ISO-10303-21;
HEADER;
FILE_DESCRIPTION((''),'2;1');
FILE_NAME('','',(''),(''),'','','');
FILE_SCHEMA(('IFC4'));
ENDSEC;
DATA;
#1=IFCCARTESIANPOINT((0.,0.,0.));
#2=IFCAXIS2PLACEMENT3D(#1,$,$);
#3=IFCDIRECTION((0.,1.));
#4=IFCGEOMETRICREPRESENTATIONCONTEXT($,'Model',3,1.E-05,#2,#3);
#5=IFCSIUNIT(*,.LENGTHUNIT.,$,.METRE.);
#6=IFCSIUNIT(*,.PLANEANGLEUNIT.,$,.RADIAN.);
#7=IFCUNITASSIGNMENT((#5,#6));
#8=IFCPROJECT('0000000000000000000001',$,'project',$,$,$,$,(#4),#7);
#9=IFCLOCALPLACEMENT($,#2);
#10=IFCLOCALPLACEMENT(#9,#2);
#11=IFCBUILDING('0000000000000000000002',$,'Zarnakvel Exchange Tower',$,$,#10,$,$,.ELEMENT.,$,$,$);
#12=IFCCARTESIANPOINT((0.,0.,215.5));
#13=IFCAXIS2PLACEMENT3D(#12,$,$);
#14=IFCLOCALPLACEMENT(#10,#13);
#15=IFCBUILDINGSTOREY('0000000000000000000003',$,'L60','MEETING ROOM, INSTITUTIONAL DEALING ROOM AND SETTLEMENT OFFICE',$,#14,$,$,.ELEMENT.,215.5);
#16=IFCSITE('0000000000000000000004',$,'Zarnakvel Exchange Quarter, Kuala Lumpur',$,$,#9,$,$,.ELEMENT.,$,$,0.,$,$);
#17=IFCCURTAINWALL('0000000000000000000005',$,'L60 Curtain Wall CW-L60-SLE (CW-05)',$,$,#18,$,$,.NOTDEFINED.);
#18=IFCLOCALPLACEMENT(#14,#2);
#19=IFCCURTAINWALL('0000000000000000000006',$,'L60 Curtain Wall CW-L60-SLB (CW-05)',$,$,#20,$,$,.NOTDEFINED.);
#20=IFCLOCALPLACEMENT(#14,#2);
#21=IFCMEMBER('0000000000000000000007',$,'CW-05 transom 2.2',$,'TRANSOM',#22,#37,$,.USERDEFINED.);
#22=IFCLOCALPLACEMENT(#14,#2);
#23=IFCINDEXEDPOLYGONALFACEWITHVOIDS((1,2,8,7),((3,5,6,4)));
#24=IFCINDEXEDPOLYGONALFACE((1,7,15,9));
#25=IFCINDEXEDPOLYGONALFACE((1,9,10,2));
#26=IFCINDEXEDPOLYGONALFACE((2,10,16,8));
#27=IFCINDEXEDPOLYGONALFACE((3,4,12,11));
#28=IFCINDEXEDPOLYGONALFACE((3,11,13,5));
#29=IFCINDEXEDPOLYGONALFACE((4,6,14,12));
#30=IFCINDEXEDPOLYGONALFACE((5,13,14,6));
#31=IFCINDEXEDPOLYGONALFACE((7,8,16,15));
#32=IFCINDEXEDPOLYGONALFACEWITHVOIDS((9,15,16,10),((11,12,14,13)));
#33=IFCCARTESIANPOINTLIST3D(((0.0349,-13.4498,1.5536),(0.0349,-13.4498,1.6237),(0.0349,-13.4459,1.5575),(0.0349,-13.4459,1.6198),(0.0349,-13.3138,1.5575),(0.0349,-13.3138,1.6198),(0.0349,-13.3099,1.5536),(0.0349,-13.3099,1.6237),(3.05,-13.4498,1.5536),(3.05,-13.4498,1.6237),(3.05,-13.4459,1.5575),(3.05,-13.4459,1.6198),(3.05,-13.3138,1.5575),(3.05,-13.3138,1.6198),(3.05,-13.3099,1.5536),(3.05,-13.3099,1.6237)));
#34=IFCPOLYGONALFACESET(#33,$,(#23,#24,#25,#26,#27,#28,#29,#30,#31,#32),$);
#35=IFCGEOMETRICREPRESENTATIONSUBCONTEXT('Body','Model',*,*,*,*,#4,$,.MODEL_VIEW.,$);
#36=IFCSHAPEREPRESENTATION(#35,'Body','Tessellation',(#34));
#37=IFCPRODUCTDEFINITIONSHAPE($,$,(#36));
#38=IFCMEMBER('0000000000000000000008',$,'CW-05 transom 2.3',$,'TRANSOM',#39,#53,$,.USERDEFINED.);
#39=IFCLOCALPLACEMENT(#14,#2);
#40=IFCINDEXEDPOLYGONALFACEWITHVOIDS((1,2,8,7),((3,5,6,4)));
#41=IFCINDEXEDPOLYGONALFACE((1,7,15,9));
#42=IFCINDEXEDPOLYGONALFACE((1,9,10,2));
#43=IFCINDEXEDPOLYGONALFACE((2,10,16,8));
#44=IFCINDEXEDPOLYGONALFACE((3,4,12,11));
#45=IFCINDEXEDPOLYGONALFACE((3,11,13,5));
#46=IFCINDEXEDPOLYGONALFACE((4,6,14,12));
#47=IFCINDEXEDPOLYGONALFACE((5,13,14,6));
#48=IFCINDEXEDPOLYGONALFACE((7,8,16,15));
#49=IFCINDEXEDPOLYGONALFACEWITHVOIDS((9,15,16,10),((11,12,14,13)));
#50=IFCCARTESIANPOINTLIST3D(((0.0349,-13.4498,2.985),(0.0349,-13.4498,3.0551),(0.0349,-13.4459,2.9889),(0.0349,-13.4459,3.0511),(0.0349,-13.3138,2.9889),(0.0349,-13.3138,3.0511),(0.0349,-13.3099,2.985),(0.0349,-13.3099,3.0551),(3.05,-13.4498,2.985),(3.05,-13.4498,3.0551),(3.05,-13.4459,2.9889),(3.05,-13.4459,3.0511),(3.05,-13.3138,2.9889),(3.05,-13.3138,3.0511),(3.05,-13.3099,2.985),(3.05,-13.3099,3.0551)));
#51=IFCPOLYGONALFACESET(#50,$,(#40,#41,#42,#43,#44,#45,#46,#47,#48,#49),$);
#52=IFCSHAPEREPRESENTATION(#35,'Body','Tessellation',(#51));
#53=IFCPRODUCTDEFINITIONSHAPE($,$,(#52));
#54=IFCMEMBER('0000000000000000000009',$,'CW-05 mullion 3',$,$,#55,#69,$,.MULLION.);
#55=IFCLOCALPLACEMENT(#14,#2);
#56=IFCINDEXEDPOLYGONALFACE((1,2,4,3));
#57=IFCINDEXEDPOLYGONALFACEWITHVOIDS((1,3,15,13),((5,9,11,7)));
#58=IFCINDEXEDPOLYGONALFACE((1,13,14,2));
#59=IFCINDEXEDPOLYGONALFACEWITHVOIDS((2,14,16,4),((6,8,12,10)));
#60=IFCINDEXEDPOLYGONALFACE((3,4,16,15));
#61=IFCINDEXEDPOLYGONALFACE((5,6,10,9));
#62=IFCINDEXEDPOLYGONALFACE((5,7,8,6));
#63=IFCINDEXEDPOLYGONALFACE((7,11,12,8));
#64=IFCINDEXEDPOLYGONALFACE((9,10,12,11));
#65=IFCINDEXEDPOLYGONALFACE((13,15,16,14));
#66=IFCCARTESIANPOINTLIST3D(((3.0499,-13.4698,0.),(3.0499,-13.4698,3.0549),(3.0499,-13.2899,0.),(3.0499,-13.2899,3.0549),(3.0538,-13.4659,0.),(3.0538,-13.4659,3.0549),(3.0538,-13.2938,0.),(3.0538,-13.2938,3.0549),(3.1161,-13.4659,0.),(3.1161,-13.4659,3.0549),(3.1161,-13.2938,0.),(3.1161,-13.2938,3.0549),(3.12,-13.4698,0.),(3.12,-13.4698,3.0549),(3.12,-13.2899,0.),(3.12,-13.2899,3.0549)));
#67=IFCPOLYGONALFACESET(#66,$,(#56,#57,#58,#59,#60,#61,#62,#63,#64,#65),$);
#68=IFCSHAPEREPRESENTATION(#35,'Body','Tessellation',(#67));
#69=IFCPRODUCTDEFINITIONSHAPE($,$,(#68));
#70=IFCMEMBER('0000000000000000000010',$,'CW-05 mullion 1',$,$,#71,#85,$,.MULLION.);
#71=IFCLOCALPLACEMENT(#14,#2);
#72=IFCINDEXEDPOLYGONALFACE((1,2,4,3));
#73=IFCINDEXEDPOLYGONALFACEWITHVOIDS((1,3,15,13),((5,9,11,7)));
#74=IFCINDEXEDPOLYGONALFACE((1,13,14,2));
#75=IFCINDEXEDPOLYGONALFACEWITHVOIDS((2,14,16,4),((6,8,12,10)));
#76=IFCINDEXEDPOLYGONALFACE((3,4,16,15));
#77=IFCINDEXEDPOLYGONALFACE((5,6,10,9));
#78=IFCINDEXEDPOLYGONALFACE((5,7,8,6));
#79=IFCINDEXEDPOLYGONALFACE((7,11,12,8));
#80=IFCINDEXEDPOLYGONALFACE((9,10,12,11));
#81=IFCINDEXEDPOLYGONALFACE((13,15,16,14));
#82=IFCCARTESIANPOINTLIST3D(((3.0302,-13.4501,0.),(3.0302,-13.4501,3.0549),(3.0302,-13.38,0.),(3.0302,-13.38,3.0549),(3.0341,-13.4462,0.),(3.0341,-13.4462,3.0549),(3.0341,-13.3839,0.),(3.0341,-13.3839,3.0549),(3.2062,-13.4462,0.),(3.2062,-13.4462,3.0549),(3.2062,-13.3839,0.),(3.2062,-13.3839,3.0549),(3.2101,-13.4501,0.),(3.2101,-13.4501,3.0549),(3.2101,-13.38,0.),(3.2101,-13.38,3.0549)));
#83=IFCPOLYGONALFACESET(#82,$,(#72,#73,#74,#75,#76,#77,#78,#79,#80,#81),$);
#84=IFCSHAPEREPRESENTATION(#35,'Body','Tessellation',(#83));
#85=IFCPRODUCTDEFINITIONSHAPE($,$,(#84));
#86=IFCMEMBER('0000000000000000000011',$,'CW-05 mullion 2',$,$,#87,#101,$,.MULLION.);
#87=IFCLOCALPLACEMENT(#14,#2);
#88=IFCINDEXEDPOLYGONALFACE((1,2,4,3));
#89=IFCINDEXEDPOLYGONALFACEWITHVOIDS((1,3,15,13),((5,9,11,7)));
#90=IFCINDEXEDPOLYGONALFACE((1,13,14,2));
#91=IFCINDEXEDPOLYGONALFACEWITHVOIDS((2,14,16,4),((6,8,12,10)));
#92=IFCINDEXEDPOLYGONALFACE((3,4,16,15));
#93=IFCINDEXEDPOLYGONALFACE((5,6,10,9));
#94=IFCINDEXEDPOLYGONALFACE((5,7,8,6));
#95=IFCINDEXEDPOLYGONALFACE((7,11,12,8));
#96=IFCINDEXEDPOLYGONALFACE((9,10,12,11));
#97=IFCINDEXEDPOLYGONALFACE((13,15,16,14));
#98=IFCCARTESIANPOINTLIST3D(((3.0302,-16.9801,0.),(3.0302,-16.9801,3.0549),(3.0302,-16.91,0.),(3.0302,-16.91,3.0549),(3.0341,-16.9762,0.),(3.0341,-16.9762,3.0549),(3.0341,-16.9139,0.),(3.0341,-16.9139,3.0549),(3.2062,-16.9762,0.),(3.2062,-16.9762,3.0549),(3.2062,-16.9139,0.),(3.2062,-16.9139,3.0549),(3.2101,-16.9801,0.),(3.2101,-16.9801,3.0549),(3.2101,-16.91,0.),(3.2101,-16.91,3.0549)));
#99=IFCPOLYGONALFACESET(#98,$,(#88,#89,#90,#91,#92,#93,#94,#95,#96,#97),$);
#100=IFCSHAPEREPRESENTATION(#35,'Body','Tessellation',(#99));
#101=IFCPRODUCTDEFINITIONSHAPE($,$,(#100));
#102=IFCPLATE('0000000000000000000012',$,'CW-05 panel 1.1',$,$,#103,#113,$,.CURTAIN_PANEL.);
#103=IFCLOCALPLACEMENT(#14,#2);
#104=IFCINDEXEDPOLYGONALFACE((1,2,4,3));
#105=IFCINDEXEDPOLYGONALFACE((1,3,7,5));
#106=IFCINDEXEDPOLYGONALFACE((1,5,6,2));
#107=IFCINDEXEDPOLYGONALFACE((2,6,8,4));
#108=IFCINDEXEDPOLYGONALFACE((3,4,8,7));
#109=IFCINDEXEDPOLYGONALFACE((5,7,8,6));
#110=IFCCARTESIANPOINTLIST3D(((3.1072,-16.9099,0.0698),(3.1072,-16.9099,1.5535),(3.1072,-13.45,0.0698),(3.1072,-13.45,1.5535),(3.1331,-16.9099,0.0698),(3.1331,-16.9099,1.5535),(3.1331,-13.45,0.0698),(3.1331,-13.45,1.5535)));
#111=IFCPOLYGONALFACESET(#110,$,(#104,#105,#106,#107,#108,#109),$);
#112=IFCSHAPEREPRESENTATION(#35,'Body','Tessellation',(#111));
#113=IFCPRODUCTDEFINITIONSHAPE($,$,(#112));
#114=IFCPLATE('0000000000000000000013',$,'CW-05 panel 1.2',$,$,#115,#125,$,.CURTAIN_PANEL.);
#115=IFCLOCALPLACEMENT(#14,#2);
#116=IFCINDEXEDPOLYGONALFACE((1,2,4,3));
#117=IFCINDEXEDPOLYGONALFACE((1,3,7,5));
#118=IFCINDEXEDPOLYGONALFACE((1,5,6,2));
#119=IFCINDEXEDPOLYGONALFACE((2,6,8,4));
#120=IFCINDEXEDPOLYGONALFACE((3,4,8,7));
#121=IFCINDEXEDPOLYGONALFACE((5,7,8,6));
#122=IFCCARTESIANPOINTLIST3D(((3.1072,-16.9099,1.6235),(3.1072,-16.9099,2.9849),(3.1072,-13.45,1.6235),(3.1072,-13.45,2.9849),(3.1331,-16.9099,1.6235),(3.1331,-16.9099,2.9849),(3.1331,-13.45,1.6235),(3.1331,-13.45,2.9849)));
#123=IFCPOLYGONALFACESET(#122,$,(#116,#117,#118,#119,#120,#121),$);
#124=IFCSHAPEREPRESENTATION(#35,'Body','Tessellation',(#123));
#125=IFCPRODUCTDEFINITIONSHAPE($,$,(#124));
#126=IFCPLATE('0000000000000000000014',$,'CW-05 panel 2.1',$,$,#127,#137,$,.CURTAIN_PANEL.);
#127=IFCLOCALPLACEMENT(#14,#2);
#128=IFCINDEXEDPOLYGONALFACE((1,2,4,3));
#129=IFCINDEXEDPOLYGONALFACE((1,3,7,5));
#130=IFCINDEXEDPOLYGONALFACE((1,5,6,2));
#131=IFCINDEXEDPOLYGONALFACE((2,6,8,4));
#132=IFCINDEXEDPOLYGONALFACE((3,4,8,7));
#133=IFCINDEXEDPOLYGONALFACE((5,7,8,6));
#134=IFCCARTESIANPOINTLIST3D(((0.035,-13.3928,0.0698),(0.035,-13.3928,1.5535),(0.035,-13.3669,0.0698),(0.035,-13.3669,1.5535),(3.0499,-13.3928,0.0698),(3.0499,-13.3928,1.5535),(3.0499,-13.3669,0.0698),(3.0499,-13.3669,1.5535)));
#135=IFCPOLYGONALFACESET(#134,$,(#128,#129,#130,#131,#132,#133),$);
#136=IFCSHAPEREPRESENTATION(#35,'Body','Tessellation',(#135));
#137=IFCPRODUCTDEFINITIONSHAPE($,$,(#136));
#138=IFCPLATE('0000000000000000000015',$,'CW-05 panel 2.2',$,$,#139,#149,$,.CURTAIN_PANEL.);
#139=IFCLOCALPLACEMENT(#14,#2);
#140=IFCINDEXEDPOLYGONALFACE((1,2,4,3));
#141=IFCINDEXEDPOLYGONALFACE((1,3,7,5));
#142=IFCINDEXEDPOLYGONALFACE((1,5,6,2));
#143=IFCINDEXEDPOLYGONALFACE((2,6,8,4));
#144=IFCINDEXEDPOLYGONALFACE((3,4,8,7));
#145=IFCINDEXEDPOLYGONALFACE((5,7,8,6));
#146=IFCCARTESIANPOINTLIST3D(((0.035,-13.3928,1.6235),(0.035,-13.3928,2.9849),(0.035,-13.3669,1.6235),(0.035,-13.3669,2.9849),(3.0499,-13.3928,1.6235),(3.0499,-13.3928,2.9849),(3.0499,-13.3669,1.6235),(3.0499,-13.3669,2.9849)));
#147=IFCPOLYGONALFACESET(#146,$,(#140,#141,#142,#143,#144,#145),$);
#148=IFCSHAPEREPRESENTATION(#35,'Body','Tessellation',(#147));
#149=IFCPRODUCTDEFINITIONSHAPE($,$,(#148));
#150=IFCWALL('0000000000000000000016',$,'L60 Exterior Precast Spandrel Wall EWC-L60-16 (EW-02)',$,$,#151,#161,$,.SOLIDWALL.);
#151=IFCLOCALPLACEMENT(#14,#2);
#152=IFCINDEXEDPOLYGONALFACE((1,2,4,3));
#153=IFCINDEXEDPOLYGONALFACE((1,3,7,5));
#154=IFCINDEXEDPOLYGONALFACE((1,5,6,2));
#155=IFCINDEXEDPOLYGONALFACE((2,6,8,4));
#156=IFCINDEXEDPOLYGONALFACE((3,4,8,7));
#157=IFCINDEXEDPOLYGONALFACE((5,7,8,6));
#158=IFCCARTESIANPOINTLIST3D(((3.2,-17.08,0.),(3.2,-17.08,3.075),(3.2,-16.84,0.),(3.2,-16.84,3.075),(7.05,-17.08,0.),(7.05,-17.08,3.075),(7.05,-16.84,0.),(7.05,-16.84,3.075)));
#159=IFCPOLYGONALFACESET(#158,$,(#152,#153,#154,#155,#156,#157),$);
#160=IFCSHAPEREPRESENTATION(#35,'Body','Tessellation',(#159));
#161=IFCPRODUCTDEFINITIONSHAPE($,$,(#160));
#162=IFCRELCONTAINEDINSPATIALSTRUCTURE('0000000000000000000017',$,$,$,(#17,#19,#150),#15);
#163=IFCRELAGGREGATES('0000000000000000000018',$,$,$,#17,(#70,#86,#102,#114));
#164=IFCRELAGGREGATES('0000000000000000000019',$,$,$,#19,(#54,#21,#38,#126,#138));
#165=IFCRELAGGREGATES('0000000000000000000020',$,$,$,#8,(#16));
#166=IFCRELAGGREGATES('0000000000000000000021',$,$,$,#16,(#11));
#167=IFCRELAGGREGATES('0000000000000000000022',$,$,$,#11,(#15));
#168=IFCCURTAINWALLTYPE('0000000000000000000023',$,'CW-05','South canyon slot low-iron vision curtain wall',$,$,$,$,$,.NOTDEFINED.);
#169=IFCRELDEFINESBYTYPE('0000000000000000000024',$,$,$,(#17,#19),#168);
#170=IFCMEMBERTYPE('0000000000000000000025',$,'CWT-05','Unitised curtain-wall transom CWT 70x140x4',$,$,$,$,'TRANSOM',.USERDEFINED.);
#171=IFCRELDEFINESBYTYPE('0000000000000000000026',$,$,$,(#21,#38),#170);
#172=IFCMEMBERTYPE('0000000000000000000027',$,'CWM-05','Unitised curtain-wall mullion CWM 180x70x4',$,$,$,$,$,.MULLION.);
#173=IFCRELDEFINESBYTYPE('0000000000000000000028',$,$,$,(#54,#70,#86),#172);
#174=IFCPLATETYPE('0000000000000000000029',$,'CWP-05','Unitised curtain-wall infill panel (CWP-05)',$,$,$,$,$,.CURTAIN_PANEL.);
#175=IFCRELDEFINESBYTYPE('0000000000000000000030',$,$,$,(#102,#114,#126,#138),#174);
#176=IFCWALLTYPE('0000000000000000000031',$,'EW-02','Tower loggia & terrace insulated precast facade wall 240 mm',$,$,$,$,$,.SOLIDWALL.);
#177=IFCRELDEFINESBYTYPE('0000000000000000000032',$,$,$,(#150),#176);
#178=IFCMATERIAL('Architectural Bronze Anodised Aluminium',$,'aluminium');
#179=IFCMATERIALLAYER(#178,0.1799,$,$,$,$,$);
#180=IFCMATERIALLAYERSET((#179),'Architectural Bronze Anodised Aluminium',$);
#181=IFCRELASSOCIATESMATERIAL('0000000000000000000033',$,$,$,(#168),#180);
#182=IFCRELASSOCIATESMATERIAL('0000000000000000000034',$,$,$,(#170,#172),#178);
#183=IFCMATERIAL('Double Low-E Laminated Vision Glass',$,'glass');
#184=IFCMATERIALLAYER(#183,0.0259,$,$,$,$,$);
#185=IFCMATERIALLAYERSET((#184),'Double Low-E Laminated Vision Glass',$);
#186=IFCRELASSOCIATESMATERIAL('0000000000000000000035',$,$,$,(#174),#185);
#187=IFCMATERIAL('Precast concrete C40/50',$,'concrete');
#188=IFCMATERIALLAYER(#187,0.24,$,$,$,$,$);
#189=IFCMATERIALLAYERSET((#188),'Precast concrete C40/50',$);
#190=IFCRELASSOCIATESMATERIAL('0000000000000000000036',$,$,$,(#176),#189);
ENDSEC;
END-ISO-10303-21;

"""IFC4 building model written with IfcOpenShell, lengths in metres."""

from ifc_helpers import new_model, si_unit, direction, frame, frame_2d, origin, origin_2d, place, context, subcontext, project, spatial, rectangle, hollow_rectangle, extrude, source, transform, mapped, material, layer, layer_set, material_profile, profile_set, type_object, element, aggregate, save


model = new_model("IFC4")

# Units and contexts
model_context = context("Model", 3, precision=1e-05, world=origin(), true_north=direction((0.0, 1.0)))
body_context = subcontext(model_context, "Body", "Model", "MODEL_VIEW")
ifc_project = project(units=[si_unit("LENGTHUNIT", "METRE"), si_unit("PLANEANGLEUNIT", "RADIAN")], contexts=[model_context])

# Site, building, storey
site_placement = place(None, origin())
site = spatial("IfcSite", under=ifc_project, at=site_placement, Name="Zarnakvel Exchange Quarter, Kuala Lumpur", CompositionType="ELEMENT", RefElevation=0.0)
building_placement = place(site_placement, origin())
building = spatial("IfcBuilding", under=site, at=building_placement, Name="Zarnakvel Exchange Tower", CompositionType="ELEMENT")
storey_placement = place(building_placement, frame((0.0, 0.0, 215.5)))
storey = spatial("IfcBuildingStorey", under=building, at=storey_placement, Name="L60", Description="MEETING ROOM, INSTITUTIONAL DEALING ROOM AND SETTLEMENT OFFICE", CompositionType="ELEMENT", Elevation=215.5)

# Curtain walls, members
ifc_material_1 = material(Name="Architectural Bronze Anodised Aluminium", Category="aluminium")
ifc_layer_1 = layer(ifc_material_1, 0.1799)
ifc_layer_set_1 = layer_set([ifc_layer_1], Name="Architectural Bronze Anodised Aluminium")
curtain_wall_type = type_object("IfcCurtainWallType", Name="CW-05", Description="South canyon slot low-iron vision curtain wall", PredefinedType="NOTDEFINED", material=ifc_layer_set_1)
curtain_wall_1_placement = place(storey_placement, origin())
curtain_wall_1 = element("IfcCurtainWall", 1, at=curtain_wall_1_placement, inside=storey, type_object=curtain_wall_type, Name="L60 Curtain Wall CW-L60-SLE (CW-05)", PredefinedType="NOTDEFINED")
ifc_material_profile_1 = material_profile(ifc_material_1, hollow_rectangle(XDim=0.1399, YDim=0.0701, WallThickness=0.0039, at=origin_2d()))
ifc_profile_set_1 = profile_set([ifc_material_profile_1], Name="Architectural Bronze Anodised Aluminium")
member_type_1 = type_object("IfcMemberType", Name="CWT-05", Description="Unitised curtain-wall transom CWT 70x140x4", ElementType="TRANSOM", PredefinedType="USERDEFINED", material=ifc_profile_set_1)
curtain_wall_2_placement = place(storey_placement, origin())
curtain_wall_2 = element("IfcCurtainWall", 2, at=curtain_wall_2_placement, inside=storey, type_object=curtain_wall_type, Name="L60 Curtain Wall CW-L60-SLB (CW-05)", PredefinedType="NOTDEFINED")
shared_shape_1 = source(origin(), body_context, "Body", "SweptSolid", [
    extrude(hollow_rectangle(XDim=0.1399, YDim=0.0701, WallThickness=0.0039, at=origin_2d()), origin(), (0.0, 0.0, 1.0), 3.0151),
])
member_1_placement = place(storey_placement, frame((0.0349, -13.3799, 1.5886), z_axis=(1.0, 0.0, 0.0), x_axis=(0.0, 1.0, 0.0)))
member_1 = element("IfcMember", 3, at=member_1_placement, type_object=member_type_1, Name="CW-05 transom 2.2", ObjectType="TRANSOM", PredefinedType="USERDEFINED", context=body_context, shape_type="MappedRepresentation", body=[
    mapped(shared_shape_1, transform((0.0, 0.0, 0.0), x_axis=(1.0, 0.0, 0.0), y_axis=(0.0, 1.0, 0.0), z_axis=(0.0, 0.0, 1.0), scale=1.0)),
])
member_2_placement = place(storey_placement, frame((0.0349, -13.3799, 3.02), z_axis=(1.0, 0.0, 0.0), x_axis=(0.0, 1.0, 0.0)))
member_2 = element("IfcMember", 4, at=member_2_placement, type_object=member_type_1, Name="CW-05 transom 2.3", ObjectType="TRANSOM", PredefinedType="USERDEFINED", context=body_context, shape_type="MappedRepresentation", body=[
    mapped(shared_shape_1, transform((0.0, 0.0, 0.0), x_axis=(1.0, 0.0, 0.0), y_axis=(0.0, 1.0, 0.0), z_axis=(0.0, 0.0, 1.0), scale=1.0)),
])
ifc_material_profile_2 = material_profile(ifc_material_1, hollow_rectangle(XDim=0.1799, YDim=0.0701, WallThickness=0.0039, at=origin_2d()))
ifc_profile_set_2 = profile_set([ifc_material_profile_2], Name="Architectural Bronze Anodised Aluminium")
member_type_2 = type_object("IfcMemberType", Name="CWM-05", Description="Unitised curtain-wall mullion CWM 180x70x4", PredefinedType="MULLION", material=ifc_profile_set_2)
shared_shape_2 = source(origin(), body_context, "Body", "SweptSolid", [
    extrude(hollow_rectangle(XDim=0.1799, YDim=0.0701, WallThickness=0.0039, at=origin_2d()), origin(), (0.0, 0.0, 1.0), 3.0549),
])
member_3_placement = place(storey_placement, frame((3.085, -13.3799, 0.0), z_axis=(0.0, 0.0, 1.0), x_axis=(0.0, 1.0, 0.0)))
member_3 = element("IfcMember", 5, at=member_3_placement, type_object=member_type_2, Name="CW-05 mullion 3", PredefinedType="MULLION", context=body_context, shape_type="MappedRepresentation", body=[
    mapped(shared_shape_2, transform((0.0, 0.0, 0.0), x_axis=(1.0, 0.0, 0.0), y_axis=(0.0, 1.0, 0.0), z_axis=(0.0, 0.0, 1.0), scale=1.0)),
])

# Members
member_4_placement = place(storey_placement, frame((3.1201, -13.415, 0.0), z_axis=(0.0, 0.0, 1.0), x_axis=(1.0, 0.0, 0.0)))
member_4 = element("IfcMember", 6, at=member_4_placement, type_object=member_type_2, Name="CW-05 mullion 1", PredefinedType="MULLION", context=body_context, shape_type="MappedRepresentation", body=[
    mapped(shared_shape_2, transform((0.0, 0.0, 0.0), x_axis=(1.0, 0.0, 0.0), y_axis=(0.0, 1.0, 0.0), z_axis=(0.0, 0.0, 1.0), scale=1.0)),
])
member_5_placement = place(storey_placement, frame((3.1201, -16.9451, 0.0), z_axis=(0.0, 0.0, 1.0), x_axis=(1.0, 0.0, 0.0)))
member_5 = element("IfcMember", 7, at=member_5_placement, type_object=member_type_2, Name="CW-05 mullion 2", PredefinedType="MULLION", context=body_context, shape_type="MappedRepresentation", body=[
    mapped(shared_shape_2, transform((0.0, 0.0, 0.0), x_axis=(1.0, 0.0, 0.0), y_axis=(0.0, 1.0, 0.0), z_axis=(0.0, 0.0, 1.0), scale=1.0)),
])

# Plates
ifc_material_2 = material(Name="Double Low-E Laminated Vision Glass", Category="glass")
ifc_layer_2 = layer(ifc_material_2, 0.0259)
ifc_layer_set_2 = layer_set([ifc_layer_2], Name="Double Low-E Laminated Vision Glass")
plate_type = type_object("IfcPlateType", Name="CWP-05", Description="Unitised curtain-wall infill panel (CWP-05)", PredefinedType="CURTAIN_PANEL", material=ifc_layer_set_2)
shared_shape_3 = source(origin(), body_context, "Body", "SweptSolid", [
    extrude(rectangle(XDim=3.46, YDim=0.0259, at=origin_2d()), origin(), (0.0, 0.0, 1.0), 1.4836),
])
plate_1_placement = place(storey_placement, frame((3.1201, -15.1799, 0.0698), z_axis=(0.0, 0.0, 1.0), x_axis=(0.0, -1.0, 0.0)))
plate_1 = element("IfcPlate", 8, at=plate_1_placement, type_object=plate_type, Name="CW-05 panel 1.1", PredefinedType="CURTAIN_PANEL", context=body_context, shape_type="MappedRepresentation", body=[
    mapped(shared_shape_3, transform((0.0, 0.0, 0.0), x_axis=(1.0, 0.0, 0.0), y_axis=(0.0, 1.0, 0.0), z_axis=(0.0, 0.0, 1.0), scale=1.0)),
])
shared_shape_4 = source(origin(), body_context, "Body", "SweptSolid", [
    extrude(rectangle(XDim=3.46, YDim=0.0259, at=origin_2d()), origin(), (0.0, 0.0, 1.0), 1.3613),
])
plate_2_placement = place(storey_placement, frame((3.1201, -15.1799, 1.6235), z_axis=(0.0, 0.0, 1.0), x_axis=(0.0, -1.0, 0.0)))
plate_2 = element("IfcPlate", 9, at=plate_2_placement, type_object=plate_type, Name="CW-05 panel 1.2", PredefinedType="CURTAIN_PANEL", context=body_context, shape_type="MappedRepresentation", body=[
    mapped(shared_shape_4, transform((0.0, 0.0, 0.0), x_axis=(1.0, 0.0, 0.0), y_axis=(0.0, 1.0, 0.0), z_axis=(0.0, 0.0, 1.0), scale=1.0)),
])
aggregate(curtain_wall_1, [member_4, member_5, plate_1, plate_2])
shared_shape_5 = source(origin(), body_context, "Body", "SweptSolid", [
    extrude(rectangle(XDim=3.0149, YDim=0.0259, at=origin_2d()), origin(), (0.0, 0.0, 1.0), 1.4836),
])
plate_3_placement = place(storey_placement, frame((1.5425, -13.3799, 0.0698), z_axis=(0.0, 0.0, 1.0), x_axis=(1.0, 0.0, 0.0)))
plate_3 = element("IfcPlate", 10, at=plate_3_placement, type_object=plate_type, Name="CW-05 panel 2.1", PredefinedType="CURTAIN_PANEL", context=body_context, shape_type="MappedRepresentation", body=[
    mapped(shared_shape_5, transform((0.0, 0.0, 0.0), x_axis=(1.0, 0.0, 0.0), y_axis=(0.0, 1.0, 0.0), z_axis=(0.0, 0.0, 1.0), scale=1.0)),
])
shared_shape_6 = source(origin(), body_context, "Body", "SweptSolid", [
    extrude(rectangle(XDim=3.0149, YDim=0.0259, at=origin_2d()), origin(), (0.0, 0.0, 1.0), 1.3613),
])
plate_4_placement = place(storey_placement, frame((1.5425, -13.3799, 1.6235), z_axis=(0.0, 0.0, 1.0), x_axis=(1.0, 0.0, 0.0)))
plate_4 = element("IfcPlate", 11, at=plate_4_placement, type_object=plate_type, Name="CW-05 panel 2.2", PredefinedType="CURTAIN_PANEL", context=body_context, shape_type="MappedRepresentation", body=[
    mapped(shared_shape_6, transform((0.0, 0.0, 0.0), x_axis=(1.0, 0.0, 0.0), y_axis=(0.0, 1.0, 0.0), z_axis=(0.0, 0.0, 1.0), scale=1.0)),
])
aggregate(curtain_wall_2, [member_3, member_1, member_2, plate_3, plate_4])

# Wall
ifc_material_3 = material(Name="Precast concrete C40/50", Category="concrete")
ifc_layer_3 = layer(ifc_material_3, 0.24)
ifc_layer_set_3 = layer_set([ifc_layer_3], Name="Precast concrete C40/50")
wall_type_1 = type_object("IfcWallType", Name="EW-02", Description="Tower loggia & terrace insulated precast facade wall 240 mm", PredefinedType="SOLIDWALL", material=ifc_layer_set_3)
wall_1_placement = place(storey_placement, frame((3.2, -16.96, 0.0), z_axis=(0.0, 0.0, 1.0), x_axis=(1.0, 0.0, 0.0)))
element("IfcWall", 12, at=wall_1_placement, inside=storey, type_object=wall_type_1, Name="L60 Exterior Precast Spandrel Wall EWC-L60-16 (EW-02)", PredefinedType="SOLIDWALL", context=body_context, shape_type="SweptSolid", body=[
    extrude(rectangle(XDim=3.8501, YDim=0.24, at=frame_2d((1.925, 0.0))), origin(), (0.0, 0.0, 1.0), 3.075),
])

save(model, "model.ifc")
